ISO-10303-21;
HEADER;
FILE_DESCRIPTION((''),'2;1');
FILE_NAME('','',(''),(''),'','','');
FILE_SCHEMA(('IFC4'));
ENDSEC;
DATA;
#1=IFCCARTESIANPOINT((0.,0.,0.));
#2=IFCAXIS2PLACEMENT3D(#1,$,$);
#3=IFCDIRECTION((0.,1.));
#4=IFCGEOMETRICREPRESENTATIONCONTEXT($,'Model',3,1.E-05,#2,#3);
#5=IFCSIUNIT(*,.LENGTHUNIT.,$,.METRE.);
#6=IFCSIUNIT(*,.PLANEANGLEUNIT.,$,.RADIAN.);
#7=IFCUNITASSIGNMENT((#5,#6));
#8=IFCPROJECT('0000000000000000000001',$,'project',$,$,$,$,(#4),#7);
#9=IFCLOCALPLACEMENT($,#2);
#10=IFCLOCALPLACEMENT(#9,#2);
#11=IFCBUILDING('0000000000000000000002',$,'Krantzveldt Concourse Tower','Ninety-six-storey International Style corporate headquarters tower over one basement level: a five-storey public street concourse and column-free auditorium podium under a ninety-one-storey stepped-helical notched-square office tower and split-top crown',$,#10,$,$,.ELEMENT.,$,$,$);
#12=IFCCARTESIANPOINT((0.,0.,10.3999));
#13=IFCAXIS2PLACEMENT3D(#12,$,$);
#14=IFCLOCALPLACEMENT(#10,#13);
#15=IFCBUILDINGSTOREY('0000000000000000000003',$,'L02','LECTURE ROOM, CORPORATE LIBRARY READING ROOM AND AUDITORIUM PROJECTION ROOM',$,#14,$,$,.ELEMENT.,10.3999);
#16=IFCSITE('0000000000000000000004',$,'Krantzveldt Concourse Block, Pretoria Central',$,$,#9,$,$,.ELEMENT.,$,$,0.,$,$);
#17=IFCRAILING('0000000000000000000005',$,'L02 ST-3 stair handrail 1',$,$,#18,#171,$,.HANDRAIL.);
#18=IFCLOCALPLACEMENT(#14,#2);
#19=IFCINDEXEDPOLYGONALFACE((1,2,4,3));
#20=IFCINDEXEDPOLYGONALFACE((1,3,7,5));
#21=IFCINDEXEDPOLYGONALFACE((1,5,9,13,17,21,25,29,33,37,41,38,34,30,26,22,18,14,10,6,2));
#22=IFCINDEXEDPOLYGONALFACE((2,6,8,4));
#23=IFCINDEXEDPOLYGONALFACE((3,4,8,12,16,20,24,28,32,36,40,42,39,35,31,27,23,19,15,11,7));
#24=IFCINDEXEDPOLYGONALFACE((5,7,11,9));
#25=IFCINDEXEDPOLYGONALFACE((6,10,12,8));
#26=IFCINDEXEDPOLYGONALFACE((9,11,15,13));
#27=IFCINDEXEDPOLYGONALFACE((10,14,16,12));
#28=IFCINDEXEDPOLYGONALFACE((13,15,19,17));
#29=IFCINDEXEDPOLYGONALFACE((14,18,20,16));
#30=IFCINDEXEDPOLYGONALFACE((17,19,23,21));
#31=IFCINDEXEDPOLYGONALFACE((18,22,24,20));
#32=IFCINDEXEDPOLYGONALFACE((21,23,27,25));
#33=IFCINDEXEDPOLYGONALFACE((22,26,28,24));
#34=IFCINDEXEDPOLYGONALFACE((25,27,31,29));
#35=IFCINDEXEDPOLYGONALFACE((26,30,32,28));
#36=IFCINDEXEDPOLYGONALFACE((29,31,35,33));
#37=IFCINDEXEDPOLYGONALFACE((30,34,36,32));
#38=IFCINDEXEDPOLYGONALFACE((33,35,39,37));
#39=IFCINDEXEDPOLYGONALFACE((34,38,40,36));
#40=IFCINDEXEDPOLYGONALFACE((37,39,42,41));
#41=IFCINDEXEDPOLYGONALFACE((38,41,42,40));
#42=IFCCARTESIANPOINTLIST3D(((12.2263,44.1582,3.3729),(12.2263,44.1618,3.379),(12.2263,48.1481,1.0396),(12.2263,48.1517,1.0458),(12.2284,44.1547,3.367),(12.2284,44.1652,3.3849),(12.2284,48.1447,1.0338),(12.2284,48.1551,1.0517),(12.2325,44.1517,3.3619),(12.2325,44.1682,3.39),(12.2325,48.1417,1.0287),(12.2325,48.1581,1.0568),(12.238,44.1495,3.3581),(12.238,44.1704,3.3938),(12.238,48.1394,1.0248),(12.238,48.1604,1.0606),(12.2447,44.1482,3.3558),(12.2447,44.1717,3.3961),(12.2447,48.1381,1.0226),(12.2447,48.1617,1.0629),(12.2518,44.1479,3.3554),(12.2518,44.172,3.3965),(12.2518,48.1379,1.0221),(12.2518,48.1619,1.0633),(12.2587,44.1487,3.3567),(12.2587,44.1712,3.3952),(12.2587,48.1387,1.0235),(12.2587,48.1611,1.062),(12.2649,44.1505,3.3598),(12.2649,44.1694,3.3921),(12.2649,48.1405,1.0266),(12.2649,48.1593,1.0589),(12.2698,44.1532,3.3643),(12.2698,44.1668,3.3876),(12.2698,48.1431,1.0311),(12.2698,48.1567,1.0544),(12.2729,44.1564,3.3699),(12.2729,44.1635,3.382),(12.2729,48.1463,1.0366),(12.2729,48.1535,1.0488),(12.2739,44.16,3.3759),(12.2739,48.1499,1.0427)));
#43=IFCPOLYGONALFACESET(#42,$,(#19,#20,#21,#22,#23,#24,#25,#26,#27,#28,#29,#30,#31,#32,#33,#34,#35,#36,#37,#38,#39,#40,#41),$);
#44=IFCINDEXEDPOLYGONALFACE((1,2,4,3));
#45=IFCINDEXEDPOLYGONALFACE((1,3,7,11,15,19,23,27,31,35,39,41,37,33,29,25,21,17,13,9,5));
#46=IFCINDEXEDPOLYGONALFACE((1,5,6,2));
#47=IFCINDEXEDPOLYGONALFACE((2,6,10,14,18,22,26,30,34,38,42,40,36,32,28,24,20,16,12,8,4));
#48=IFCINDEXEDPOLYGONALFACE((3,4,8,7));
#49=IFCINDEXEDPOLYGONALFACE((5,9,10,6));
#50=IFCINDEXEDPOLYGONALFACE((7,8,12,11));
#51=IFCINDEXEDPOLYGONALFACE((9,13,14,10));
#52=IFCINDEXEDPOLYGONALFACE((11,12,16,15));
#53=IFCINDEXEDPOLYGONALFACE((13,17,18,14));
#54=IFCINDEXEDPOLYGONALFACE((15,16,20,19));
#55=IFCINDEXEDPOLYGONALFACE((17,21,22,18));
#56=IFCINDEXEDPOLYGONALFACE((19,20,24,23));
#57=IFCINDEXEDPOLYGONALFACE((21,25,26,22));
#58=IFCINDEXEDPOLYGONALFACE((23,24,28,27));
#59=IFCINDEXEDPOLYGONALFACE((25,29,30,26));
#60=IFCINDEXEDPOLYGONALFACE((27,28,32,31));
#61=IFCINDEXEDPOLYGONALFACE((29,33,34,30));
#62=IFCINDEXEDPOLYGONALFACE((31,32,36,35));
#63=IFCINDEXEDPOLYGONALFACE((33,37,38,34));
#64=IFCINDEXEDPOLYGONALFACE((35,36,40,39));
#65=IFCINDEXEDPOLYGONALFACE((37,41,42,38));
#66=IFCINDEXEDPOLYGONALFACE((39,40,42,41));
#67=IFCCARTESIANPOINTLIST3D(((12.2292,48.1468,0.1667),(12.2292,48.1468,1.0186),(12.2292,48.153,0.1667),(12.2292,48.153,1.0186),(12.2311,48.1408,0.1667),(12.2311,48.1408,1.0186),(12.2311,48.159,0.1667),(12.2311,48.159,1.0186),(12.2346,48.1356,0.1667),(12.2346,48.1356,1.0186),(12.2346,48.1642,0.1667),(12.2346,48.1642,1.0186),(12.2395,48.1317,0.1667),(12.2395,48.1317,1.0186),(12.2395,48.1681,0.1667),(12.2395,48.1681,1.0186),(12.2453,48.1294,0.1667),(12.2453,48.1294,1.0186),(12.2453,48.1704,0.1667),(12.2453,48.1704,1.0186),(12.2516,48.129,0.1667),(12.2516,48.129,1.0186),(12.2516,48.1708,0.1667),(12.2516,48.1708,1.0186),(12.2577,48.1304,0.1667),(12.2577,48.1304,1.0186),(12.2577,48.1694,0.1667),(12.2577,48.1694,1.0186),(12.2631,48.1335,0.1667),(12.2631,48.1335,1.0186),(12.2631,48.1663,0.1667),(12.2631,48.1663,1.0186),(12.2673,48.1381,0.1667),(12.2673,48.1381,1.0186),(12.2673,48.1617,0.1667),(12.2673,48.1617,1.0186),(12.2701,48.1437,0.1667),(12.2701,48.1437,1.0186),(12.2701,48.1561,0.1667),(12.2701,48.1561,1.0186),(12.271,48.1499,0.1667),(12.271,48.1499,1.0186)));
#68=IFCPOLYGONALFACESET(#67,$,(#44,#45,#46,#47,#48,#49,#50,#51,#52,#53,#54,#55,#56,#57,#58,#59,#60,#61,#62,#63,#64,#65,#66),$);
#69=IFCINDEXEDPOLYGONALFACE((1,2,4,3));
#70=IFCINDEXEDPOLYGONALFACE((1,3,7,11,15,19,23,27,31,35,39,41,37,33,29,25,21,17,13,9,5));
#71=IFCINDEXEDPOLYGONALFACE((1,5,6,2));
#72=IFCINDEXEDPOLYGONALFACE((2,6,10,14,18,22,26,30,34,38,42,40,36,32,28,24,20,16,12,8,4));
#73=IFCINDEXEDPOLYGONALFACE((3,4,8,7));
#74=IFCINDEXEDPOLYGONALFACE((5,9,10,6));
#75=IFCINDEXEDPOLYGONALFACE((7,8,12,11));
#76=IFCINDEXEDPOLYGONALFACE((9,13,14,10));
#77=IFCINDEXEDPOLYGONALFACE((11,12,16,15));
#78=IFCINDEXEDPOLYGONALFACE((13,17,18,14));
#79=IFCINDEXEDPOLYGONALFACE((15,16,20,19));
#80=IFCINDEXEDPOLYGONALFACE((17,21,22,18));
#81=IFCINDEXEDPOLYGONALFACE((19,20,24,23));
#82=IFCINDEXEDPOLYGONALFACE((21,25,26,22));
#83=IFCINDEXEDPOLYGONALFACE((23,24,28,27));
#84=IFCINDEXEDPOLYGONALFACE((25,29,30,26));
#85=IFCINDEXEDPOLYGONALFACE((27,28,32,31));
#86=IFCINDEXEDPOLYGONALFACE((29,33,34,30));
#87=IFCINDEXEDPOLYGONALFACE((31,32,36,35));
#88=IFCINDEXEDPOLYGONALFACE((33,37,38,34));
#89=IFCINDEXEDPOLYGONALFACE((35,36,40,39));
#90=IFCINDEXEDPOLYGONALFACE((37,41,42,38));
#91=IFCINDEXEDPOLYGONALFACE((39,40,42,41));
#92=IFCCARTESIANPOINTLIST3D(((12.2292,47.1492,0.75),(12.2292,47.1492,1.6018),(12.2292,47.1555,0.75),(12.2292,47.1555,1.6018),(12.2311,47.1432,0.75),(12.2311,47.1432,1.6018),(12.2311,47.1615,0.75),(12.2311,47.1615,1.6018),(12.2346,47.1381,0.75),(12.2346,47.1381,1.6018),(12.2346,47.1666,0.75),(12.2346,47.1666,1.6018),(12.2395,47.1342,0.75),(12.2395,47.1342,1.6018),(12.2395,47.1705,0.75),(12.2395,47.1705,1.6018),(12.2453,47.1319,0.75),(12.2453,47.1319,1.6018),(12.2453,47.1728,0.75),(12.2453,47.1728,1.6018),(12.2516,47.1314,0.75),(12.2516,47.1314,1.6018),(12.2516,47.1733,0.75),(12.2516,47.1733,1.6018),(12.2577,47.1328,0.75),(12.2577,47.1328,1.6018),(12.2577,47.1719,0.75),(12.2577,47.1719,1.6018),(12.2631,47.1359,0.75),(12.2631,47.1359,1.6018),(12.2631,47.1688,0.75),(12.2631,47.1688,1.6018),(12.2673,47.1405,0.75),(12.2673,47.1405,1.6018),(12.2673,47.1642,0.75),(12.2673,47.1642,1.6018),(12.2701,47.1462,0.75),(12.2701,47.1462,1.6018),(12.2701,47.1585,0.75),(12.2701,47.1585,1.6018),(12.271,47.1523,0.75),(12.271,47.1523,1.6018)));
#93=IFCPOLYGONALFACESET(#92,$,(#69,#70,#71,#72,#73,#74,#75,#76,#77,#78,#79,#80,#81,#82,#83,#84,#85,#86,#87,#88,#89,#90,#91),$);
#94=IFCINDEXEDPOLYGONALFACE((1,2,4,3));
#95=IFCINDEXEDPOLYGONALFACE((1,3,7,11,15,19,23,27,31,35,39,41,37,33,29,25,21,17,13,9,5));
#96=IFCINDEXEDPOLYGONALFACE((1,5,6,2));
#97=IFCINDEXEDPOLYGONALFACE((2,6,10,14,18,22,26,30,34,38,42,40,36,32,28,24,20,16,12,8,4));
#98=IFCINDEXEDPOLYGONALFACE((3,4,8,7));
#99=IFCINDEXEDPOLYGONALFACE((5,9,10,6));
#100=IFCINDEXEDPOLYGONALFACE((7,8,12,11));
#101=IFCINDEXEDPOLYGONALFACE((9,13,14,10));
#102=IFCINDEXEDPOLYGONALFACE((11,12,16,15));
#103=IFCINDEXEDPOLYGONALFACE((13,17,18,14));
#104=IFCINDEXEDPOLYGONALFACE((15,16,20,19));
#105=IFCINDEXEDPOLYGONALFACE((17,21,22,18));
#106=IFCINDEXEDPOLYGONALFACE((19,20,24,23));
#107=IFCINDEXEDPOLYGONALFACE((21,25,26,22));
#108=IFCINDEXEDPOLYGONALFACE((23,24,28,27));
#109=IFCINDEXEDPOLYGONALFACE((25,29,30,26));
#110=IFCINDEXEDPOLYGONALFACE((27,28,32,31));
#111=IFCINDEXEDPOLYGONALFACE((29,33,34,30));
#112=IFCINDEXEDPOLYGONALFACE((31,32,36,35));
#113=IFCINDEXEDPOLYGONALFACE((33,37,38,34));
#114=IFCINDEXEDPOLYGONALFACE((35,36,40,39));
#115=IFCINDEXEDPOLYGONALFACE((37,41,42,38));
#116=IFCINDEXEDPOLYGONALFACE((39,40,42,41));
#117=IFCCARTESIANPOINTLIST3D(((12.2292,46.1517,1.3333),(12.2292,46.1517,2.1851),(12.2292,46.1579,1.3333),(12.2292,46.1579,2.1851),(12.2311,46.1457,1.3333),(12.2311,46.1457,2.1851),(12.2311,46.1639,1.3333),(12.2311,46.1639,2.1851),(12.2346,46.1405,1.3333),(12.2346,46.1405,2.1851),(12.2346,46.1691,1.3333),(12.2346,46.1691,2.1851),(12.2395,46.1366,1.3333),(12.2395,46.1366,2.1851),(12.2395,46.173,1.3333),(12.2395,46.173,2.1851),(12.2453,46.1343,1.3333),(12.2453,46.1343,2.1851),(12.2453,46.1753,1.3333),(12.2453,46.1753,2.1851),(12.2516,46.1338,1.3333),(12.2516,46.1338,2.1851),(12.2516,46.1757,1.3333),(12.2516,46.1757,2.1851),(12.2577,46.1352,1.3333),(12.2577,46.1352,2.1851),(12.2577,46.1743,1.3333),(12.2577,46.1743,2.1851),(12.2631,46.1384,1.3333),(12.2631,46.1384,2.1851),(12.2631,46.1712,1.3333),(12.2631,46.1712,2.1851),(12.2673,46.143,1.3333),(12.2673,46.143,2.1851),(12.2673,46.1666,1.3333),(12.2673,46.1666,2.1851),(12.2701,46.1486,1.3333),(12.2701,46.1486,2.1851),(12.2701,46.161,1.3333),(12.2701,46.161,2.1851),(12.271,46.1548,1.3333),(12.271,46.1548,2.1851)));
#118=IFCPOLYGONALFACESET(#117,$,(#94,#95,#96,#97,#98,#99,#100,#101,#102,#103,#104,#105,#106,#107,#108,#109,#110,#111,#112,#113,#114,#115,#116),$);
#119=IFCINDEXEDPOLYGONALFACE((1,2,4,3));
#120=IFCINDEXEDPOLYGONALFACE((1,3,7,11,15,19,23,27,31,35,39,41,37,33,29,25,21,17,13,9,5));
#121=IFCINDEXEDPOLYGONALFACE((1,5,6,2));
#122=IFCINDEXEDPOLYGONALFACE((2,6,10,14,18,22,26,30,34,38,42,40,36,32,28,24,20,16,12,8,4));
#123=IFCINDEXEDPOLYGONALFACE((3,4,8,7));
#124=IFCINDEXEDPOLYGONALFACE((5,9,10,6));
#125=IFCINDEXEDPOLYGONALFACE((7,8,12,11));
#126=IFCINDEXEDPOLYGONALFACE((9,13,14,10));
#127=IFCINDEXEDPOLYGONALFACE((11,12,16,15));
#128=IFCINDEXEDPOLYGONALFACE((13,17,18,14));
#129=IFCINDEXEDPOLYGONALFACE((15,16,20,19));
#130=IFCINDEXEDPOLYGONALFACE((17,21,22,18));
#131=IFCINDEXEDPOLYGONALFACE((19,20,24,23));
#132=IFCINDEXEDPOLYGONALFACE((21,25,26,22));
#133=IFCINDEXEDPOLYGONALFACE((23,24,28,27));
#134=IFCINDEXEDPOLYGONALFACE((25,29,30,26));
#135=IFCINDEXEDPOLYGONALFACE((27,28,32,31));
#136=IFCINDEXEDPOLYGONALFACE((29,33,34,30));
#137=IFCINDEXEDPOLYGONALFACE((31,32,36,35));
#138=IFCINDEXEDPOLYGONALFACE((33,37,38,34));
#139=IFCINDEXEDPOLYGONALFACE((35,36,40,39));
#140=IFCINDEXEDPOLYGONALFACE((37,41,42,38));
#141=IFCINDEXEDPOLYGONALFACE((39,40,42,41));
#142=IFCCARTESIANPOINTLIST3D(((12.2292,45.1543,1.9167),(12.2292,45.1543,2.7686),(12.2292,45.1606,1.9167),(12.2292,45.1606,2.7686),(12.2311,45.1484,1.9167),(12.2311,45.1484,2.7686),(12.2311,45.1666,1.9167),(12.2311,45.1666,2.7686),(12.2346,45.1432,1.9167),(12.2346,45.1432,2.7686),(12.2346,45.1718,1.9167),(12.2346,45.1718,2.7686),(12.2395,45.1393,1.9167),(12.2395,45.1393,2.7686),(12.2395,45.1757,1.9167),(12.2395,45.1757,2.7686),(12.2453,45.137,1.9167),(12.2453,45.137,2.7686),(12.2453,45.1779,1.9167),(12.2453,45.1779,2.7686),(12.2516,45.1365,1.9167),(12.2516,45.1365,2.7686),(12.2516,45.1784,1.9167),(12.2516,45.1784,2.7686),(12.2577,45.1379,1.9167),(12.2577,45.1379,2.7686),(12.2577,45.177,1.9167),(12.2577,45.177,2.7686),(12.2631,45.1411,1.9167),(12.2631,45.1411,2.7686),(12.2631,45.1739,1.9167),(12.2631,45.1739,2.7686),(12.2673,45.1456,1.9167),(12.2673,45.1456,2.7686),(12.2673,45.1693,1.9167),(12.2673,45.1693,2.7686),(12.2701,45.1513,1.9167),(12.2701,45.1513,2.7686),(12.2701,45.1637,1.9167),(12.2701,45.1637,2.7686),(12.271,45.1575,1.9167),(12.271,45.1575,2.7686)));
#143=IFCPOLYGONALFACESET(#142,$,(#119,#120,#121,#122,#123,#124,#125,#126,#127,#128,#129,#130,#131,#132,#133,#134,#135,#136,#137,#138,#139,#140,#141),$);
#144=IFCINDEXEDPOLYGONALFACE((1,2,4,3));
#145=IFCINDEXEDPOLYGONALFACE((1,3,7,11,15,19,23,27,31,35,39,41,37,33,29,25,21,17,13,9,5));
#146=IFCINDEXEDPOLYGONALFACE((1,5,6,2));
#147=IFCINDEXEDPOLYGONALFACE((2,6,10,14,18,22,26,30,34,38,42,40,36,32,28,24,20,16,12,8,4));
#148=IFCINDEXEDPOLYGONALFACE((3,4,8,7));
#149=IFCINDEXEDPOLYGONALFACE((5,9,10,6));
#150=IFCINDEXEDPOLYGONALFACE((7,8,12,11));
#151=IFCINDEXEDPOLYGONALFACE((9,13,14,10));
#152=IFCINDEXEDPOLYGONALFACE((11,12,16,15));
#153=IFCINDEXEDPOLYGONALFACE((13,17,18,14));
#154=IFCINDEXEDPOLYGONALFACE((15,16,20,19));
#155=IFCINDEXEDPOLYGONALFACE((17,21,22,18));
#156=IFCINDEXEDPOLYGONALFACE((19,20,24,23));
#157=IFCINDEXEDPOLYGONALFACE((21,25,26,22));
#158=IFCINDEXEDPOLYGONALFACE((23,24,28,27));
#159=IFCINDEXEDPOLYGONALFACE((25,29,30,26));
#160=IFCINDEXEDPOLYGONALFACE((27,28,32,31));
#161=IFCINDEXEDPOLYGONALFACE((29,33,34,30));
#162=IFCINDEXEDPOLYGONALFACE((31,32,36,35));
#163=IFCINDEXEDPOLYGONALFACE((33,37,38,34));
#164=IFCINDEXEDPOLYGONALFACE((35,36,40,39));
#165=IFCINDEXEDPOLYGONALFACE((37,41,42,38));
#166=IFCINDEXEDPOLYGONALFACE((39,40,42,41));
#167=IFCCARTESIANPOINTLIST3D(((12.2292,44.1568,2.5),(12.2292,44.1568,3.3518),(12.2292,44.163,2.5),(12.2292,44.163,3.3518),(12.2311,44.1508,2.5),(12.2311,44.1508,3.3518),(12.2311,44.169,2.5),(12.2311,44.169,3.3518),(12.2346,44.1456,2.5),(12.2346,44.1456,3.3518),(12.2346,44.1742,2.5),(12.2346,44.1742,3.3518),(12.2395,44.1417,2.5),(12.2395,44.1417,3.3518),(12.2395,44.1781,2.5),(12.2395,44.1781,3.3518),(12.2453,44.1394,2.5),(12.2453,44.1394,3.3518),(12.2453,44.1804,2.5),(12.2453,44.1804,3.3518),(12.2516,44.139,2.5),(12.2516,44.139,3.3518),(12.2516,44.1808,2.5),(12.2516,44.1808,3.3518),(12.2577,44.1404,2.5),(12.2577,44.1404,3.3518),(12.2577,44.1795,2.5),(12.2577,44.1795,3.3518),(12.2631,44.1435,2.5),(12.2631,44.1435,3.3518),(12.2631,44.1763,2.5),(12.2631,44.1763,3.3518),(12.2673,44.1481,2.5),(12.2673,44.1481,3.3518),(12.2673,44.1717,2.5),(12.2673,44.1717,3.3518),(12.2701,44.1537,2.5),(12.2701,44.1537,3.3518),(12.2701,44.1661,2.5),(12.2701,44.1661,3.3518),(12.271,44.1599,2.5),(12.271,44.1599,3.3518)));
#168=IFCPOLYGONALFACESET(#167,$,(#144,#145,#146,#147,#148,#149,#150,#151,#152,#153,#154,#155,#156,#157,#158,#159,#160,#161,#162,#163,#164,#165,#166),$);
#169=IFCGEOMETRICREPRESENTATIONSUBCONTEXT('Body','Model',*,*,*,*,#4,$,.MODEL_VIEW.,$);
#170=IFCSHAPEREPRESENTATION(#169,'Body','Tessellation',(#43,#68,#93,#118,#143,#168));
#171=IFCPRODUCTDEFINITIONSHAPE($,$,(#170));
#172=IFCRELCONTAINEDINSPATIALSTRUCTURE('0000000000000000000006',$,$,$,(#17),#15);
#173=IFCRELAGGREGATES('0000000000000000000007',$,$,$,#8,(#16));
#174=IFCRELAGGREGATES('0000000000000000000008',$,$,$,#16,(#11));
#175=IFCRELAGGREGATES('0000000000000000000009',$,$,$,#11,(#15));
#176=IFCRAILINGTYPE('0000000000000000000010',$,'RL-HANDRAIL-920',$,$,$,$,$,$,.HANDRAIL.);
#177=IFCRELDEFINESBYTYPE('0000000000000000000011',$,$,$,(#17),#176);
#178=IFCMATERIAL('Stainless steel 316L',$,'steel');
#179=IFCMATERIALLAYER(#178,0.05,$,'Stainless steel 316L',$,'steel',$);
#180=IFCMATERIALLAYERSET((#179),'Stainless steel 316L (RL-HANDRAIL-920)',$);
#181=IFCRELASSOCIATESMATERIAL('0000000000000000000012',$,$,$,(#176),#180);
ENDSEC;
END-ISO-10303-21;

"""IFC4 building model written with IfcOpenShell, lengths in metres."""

from ifc_helpers import new_model, si_unit, direction, frame, origin, origin_2d, place, context, subcontext, project, spatial, circle, extrude, material, layer, layer_set, type_object, element, save


model = new_model("IFC4")

# Units and contexts
model_context = context("Model", 3, precision=1e-05, world=origin(), true_north=direction((0.0, 1.0)))
body_context = subcontext(model_context, "Body", "Model", "MODEL_VIEW")
ifc_project = project(units=[si_unit("LENGTHUNIT", "METRE"), si_unit("PLANEANGLEUNIT", "RADIAN")], contexts=[model_context])

# Site, building, storey
site_placement = place(None, origin())
site = spatial("IfcSite", under=ifc_project, at=site_placement, Name="Krantzveldt Concourse Block, Pretoria Central", CompositionType="ELEMENT", RefElevation=0.0)
building_placement = place(site_placement, origin())
building = spatial("IfcBuilding", under=site, at=building_placement, Name="Krantzveldt Concourse Tower", Description="Ninety-six-storey International Style corporate headquarters tower over one basement level: a five-storey public street concourse and column-free auditorium podium under a ninety-one-storey stepped-helical notched-square office tower and split-top crown", CompositionType="ELEMENT")
storey_placement = place(building_placement, frame((0.0, 0.0, 10.3999)))
storey = spatial("IfcBuildingStorey", under=building, at=storey_placement, Name="L02", Description="LECTURE ROOM, CORPORATE LIBRARY READING ROOM AND AUDITORIUM PROJECTION ROOM", CompositionType="ELEMENT", Elevation=10.3999)

# Railing
ifc_material_1 = material(Name="Stainless steel 316L", Category="steel")
ifc_layer_1 = layer(ifc_material_1, 0.05, Name="Stainless steel 316L", Category="steel")
ifc_layer_set_1 = layer_set([ifc_layer_1], Name="Stainless steel 316L (RL-HANDRAIL-920)")
railing_type_1 = type_object("IfcRailingType", Name="RL-HANDRAIL-920", PredefinedType="HANDRAIL", material=ifc_layer_set_1)
railing_1_placement = place(storey_placement, frame((12.25, 48.1499, 0.1667)))
element("IfcRailing", 1, at=railing_1_placement, inside=storey, type_object=railing_type_1, Name="L02 ST-3 stair handrail 1", PredefinedType="HANDRAIL", context=body_context, shape_type="SweptSolid", body=[
    extrude(circle(Radius=0.0239, at=origin_2d()), frame((0.0, 0.0, 0.876), z_axis=(0.0, -0.863236, 0.5048), x_axis=(1.0, 0.0, 0.0)), (0.0, 0.0, 1.0), 4.6221),
    extrude(circle(Radius=0.021, at=origin_2d()), origin(), (0.0, 0.0, 1.0), 0.8518),
    extrude(circle(Radius=0.021, at=origin_2d()), frame((0.0, -0.9976, 0.5833)), (0.0, 0.0, 1.0), 0.8518),
    extrude(circle(Radius=0.021, at=origin_2d()), frame((0.0, -1.9951, 1.1665)), (0.0, 0.0, 1.0), 0.8518),
    extrude(circle(Radius=0.021, at=origin_2d()), frame((0.0, -2.9924, 1.75)), (0.0, 0.0, 1.0), 0.8518),
    extrude(circle(Radius=0.021, at=origin_2d()), frame((0.0, -3.99, 2.3333)), (0.0, 0.0, 1.0), 0.8518),
])

save(model, "model.ifc")
